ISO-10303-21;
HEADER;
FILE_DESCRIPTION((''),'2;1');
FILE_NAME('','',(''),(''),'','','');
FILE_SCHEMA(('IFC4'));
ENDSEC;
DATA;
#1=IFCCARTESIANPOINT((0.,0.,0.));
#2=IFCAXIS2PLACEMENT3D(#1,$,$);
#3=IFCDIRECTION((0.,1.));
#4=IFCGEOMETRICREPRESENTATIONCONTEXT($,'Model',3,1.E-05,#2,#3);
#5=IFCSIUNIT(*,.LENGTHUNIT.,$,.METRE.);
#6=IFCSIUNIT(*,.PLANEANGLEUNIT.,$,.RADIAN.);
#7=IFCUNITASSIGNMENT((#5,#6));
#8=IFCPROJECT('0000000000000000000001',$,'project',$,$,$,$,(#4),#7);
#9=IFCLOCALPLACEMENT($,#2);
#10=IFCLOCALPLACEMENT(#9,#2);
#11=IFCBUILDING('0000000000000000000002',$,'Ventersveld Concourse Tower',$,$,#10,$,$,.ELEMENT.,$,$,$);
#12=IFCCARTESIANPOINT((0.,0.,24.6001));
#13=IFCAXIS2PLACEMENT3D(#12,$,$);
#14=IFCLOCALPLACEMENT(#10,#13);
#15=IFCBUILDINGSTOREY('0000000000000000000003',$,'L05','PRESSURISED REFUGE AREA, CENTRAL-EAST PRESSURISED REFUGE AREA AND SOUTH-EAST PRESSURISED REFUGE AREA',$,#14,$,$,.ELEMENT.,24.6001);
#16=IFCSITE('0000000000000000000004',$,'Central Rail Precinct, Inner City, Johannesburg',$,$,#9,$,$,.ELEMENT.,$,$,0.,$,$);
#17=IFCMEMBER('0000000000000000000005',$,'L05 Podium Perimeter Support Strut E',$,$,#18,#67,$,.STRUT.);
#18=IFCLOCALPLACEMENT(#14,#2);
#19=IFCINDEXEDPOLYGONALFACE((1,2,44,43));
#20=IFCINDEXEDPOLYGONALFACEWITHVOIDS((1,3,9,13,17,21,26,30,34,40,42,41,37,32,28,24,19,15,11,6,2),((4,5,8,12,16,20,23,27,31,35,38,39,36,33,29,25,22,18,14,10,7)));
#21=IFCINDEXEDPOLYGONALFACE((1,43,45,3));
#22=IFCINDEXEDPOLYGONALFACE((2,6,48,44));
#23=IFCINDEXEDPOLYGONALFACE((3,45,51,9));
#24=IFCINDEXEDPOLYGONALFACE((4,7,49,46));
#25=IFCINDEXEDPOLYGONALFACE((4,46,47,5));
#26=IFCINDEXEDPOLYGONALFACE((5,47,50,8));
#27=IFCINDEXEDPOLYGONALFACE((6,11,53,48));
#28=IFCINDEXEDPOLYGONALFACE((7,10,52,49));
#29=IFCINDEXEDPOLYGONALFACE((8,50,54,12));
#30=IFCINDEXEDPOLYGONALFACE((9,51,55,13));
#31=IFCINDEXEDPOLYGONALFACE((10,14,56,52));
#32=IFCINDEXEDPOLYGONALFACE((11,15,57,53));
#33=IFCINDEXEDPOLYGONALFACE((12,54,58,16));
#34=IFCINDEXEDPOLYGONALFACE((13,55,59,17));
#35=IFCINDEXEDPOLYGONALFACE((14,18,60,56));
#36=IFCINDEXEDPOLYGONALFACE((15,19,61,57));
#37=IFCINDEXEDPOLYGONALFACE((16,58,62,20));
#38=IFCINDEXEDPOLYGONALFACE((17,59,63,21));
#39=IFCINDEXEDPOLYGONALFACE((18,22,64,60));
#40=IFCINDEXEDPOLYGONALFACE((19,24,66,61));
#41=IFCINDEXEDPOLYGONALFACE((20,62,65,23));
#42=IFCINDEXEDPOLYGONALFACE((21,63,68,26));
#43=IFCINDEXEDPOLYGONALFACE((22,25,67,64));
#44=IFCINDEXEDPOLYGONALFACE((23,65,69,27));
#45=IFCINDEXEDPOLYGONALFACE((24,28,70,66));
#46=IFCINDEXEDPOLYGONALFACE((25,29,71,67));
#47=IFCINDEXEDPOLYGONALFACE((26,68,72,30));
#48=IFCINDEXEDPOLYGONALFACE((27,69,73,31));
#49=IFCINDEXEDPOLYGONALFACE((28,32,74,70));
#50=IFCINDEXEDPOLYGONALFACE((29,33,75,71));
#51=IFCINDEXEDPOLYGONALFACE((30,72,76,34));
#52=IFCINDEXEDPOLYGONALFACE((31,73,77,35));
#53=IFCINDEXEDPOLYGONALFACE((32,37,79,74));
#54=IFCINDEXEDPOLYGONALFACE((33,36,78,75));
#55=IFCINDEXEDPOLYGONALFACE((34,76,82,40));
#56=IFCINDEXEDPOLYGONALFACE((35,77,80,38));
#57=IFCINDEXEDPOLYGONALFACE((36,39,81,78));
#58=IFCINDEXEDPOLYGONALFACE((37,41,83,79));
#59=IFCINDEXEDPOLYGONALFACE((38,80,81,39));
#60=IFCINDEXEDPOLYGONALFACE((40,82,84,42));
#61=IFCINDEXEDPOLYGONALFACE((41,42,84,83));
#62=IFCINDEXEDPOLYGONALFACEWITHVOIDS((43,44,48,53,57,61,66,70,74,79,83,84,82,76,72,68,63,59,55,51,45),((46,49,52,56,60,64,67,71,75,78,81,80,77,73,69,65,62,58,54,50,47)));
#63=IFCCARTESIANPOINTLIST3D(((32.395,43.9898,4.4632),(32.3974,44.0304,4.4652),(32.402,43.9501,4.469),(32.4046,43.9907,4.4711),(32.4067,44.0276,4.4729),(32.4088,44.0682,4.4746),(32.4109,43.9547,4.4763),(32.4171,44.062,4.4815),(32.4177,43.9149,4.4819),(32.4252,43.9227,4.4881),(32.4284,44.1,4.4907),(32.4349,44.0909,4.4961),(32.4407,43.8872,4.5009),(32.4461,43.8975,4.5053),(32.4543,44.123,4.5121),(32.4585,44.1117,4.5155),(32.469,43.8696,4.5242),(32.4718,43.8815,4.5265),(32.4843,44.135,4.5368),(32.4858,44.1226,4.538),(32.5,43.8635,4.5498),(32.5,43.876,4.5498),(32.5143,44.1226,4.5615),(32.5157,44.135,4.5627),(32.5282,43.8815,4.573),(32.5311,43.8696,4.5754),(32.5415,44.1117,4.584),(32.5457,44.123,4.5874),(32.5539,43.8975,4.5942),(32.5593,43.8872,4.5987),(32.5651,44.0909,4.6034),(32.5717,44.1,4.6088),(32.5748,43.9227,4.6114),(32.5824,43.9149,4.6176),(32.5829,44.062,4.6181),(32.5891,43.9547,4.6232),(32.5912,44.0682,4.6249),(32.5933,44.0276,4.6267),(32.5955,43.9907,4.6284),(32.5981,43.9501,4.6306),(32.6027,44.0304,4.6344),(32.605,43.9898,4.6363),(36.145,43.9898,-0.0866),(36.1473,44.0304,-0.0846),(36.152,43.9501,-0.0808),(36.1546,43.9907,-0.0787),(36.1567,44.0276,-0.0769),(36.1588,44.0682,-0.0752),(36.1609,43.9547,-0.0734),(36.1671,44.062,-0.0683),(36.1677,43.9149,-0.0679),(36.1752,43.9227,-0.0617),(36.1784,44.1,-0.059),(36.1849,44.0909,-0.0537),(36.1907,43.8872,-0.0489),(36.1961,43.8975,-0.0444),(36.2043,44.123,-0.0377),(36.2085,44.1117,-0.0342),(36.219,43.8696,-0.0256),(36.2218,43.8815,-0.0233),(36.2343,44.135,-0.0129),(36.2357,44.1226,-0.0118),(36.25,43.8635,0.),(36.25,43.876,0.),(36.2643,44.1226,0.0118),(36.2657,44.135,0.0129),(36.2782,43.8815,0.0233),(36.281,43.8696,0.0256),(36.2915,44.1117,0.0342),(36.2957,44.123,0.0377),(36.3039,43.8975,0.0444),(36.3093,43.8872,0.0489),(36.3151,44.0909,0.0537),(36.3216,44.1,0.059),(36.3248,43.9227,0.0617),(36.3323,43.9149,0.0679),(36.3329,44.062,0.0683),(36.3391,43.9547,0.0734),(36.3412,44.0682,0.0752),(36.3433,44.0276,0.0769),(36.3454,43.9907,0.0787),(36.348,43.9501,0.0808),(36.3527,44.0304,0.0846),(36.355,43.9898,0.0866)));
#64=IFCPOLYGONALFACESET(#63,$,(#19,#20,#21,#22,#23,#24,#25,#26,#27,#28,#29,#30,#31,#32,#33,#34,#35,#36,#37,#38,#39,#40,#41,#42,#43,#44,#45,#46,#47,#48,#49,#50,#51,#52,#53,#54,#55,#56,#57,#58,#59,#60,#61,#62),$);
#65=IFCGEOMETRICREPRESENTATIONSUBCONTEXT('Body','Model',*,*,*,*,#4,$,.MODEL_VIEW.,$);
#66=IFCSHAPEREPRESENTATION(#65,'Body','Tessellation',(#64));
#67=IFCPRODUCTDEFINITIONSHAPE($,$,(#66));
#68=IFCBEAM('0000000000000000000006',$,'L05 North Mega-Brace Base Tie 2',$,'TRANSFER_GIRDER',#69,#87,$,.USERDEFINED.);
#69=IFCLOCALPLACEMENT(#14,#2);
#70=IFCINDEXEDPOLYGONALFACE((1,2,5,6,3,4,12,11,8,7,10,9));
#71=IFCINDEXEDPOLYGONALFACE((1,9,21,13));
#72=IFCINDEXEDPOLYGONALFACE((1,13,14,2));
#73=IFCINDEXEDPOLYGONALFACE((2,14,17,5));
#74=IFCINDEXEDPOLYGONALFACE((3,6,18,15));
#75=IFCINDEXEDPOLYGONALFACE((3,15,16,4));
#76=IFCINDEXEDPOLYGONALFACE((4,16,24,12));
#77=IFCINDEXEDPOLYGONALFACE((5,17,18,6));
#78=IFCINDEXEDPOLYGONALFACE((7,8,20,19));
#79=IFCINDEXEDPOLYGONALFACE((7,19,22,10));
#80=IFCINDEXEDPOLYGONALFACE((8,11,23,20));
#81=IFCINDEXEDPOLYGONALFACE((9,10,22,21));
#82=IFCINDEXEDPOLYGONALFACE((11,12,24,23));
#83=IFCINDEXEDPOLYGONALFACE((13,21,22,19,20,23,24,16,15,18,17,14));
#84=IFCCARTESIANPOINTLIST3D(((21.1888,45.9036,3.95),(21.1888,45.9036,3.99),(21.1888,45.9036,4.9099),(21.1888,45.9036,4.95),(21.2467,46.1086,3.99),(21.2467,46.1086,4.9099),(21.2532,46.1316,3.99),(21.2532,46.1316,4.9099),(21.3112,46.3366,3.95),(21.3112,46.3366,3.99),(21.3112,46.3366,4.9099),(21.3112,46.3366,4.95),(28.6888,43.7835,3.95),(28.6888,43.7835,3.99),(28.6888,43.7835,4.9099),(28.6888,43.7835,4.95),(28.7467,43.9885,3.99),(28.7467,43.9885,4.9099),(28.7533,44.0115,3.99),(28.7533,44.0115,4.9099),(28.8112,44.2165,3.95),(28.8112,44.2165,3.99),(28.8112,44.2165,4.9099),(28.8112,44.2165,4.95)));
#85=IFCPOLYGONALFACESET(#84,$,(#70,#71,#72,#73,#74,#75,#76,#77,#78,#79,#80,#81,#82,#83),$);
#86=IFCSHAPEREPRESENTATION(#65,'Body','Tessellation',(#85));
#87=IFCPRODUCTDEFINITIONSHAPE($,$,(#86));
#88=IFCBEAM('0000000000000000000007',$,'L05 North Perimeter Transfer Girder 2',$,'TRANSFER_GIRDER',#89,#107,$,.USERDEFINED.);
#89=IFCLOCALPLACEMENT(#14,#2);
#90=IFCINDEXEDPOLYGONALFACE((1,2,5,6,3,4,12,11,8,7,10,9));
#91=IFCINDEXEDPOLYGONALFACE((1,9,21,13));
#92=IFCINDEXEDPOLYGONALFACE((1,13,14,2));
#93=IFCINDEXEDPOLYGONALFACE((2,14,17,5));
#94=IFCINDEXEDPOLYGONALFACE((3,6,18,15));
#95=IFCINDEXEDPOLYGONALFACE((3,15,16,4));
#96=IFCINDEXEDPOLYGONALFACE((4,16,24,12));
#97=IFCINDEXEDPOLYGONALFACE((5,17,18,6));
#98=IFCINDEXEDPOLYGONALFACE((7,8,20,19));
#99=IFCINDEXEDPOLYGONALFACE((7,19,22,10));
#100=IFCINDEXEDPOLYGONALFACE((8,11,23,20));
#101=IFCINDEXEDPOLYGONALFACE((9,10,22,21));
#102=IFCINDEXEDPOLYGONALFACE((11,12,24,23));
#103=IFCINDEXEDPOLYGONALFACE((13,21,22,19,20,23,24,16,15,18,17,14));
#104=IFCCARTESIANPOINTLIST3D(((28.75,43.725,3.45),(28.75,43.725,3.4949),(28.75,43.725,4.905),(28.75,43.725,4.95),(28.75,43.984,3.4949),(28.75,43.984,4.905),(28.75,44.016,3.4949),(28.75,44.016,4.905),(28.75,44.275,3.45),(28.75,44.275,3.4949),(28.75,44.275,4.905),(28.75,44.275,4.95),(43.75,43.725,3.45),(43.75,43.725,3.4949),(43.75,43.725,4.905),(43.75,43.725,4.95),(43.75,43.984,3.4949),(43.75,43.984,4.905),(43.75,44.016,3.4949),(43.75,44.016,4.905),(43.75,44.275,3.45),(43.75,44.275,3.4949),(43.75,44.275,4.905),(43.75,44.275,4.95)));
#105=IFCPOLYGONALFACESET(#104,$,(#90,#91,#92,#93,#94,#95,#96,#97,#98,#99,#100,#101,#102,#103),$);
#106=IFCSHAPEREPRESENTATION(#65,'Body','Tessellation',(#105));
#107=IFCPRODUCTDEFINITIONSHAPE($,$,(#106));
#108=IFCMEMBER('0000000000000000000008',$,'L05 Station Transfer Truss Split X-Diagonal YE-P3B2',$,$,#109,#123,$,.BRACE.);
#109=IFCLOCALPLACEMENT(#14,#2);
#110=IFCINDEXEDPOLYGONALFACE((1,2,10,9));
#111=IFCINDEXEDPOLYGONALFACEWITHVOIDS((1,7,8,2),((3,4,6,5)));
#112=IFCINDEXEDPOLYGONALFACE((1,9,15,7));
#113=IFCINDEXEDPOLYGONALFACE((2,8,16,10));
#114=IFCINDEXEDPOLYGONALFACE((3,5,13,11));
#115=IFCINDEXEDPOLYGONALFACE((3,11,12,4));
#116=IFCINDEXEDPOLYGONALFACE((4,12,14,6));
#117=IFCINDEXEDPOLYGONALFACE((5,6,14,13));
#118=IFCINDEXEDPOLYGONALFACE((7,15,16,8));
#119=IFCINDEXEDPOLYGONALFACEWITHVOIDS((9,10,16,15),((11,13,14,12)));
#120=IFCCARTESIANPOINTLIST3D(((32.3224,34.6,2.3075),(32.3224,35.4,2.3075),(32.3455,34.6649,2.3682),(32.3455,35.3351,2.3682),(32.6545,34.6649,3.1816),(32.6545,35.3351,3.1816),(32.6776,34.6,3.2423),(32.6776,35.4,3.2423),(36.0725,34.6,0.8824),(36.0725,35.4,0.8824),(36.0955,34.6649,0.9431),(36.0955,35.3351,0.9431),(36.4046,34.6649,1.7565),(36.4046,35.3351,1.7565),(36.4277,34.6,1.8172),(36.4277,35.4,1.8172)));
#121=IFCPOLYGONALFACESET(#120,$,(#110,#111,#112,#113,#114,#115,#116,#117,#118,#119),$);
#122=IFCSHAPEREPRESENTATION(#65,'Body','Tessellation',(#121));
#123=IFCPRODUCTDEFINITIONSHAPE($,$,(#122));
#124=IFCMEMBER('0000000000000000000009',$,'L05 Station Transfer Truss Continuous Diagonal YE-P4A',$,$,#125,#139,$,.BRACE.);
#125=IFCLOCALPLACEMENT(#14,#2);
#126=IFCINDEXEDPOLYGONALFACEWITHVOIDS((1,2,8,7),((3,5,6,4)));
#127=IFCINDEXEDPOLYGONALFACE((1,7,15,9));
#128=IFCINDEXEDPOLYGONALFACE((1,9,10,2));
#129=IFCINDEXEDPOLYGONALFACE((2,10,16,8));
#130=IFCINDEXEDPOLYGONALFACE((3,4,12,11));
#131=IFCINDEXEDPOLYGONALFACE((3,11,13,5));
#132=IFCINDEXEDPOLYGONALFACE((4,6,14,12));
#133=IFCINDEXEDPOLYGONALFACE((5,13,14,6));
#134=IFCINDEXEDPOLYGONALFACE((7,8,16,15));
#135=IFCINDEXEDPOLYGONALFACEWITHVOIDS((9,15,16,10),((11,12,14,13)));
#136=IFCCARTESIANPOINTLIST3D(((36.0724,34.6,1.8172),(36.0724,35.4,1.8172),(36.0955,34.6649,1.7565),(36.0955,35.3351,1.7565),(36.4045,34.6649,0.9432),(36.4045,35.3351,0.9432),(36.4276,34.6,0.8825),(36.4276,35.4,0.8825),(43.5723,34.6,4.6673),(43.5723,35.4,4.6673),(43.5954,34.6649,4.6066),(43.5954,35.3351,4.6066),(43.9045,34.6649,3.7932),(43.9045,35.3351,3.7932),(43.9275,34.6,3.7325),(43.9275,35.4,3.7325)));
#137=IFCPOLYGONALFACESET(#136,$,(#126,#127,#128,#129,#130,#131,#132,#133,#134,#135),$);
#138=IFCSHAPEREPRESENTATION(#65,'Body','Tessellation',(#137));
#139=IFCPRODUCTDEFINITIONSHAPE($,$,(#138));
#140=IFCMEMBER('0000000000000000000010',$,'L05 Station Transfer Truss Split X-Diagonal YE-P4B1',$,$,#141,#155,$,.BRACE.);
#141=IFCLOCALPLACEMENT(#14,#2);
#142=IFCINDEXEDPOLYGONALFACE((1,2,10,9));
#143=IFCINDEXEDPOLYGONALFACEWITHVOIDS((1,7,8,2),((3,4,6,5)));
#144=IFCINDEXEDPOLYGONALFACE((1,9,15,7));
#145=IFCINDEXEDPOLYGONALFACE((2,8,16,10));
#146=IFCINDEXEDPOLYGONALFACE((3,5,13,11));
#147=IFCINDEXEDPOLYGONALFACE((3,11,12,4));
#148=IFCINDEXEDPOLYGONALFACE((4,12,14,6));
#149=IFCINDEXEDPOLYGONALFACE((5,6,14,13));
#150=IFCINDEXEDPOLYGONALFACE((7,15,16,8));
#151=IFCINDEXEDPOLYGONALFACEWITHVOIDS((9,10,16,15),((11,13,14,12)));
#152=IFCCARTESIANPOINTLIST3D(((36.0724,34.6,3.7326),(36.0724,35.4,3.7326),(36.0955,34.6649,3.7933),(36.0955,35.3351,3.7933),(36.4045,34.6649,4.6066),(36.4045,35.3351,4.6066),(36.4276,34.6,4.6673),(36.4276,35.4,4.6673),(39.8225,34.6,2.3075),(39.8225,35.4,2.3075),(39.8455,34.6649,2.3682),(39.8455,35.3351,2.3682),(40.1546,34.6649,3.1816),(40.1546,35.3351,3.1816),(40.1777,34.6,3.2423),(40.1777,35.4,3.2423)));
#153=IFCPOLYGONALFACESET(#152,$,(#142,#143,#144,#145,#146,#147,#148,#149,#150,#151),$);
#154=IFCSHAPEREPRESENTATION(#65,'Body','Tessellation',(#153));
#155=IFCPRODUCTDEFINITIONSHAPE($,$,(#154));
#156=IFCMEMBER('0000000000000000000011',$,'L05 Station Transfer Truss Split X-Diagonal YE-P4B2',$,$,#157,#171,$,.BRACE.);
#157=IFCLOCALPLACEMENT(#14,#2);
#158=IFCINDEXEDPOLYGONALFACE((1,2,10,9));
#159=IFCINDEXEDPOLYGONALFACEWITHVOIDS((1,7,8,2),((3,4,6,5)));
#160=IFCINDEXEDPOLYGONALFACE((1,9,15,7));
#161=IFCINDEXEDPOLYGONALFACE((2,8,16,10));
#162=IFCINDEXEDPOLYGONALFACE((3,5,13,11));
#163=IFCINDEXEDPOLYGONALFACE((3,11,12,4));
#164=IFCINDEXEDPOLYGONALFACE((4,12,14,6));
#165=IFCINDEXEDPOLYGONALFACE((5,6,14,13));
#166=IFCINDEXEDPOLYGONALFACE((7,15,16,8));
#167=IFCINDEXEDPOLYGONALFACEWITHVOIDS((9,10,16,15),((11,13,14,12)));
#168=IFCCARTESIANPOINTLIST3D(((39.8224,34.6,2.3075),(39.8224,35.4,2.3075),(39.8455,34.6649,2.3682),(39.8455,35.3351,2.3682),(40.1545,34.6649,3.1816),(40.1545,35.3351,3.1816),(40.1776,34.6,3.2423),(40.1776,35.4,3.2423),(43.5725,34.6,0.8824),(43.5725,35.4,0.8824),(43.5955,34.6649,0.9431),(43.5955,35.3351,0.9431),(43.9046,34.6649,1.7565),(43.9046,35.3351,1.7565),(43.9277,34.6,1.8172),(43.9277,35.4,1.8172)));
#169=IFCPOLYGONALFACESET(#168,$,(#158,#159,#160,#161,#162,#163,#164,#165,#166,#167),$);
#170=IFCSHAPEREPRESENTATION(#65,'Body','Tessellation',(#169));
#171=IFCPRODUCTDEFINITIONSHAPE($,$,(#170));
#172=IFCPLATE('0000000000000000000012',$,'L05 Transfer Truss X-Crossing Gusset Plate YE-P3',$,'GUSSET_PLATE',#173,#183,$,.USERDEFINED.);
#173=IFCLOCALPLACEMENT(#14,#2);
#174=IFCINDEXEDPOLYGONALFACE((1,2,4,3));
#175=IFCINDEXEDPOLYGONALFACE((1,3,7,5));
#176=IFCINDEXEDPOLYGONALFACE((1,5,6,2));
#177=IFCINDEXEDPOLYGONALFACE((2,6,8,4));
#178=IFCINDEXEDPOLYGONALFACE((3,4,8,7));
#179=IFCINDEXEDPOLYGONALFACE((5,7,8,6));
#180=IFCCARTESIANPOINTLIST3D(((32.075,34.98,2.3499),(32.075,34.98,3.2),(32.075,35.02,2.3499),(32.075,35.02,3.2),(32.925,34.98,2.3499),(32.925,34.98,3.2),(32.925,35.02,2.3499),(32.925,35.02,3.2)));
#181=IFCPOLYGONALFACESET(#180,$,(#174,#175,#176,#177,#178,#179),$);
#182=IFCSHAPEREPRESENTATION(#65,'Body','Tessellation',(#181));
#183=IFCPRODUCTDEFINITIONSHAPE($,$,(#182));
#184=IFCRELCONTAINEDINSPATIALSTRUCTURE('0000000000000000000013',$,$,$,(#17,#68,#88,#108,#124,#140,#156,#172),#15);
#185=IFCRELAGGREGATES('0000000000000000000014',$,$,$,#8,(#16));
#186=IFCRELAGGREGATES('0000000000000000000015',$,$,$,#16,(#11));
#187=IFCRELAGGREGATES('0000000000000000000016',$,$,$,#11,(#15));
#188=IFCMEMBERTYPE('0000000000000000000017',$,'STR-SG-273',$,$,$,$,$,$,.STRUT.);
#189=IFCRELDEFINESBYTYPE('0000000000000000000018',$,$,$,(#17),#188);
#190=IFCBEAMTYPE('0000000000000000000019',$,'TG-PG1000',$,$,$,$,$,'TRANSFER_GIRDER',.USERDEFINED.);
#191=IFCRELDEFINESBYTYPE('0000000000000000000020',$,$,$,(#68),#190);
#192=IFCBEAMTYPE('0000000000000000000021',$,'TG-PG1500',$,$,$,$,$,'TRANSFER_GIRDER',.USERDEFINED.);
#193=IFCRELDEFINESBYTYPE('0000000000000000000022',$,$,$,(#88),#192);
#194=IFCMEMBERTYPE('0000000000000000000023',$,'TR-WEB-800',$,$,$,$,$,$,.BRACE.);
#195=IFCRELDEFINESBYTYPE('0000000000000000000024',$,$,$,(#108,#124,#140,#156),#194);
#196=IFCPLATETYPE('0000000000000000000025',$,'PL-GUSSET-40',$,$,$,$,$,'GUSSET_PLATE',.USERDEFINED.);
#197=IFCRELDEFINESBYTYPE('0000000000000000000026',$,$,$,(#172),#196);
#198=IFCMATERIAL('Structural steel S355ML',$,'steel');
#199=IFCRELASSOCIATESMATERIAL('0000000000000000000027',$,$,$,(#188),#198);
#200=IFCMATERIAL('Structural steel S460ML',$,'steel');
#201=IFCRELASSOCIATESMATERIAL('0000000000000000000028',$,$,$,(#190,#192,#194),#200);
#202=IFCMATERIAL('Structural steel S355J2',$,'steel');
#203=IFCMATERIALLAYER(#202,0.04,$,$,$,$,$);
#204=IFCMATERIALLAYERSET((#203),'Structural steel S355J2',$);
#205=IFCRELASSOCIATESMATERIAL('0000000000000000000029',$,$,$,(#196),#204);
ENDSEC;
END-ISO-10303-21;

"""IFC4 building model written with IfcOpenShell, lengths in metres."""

from ifc_helpers import new_model, si_unit, direction, frame, origin, origin_2d, place, context, subcontext, project, spatial, rectangle, hollow_rectangle, hollow_circle, i_section, extrude, material, layer, layer_set, material_profile, profile_set, type_object, element, save


model = new_model("IFC4")

# Units and contexts
model_context = context("Model", 3, precision=1e-05, world=origin(), true_north=direction((0.0, 1.0)))
body_context = subcontext(model_context, "Body", "Model", "MODEL_VIEW")
ifc_project = project(units=[si_unit("LENGTHUNIT", "METRE"), si_unit("PLANEANGLEUNIT", "RADIAN")], contexts=[model_context])

# Site, building, storey
site_placement = place(None, origin())
site = spatial("IfcSite", under=ifc_project, at=site_placement, Name="Central Rail Precinct, Inner City, Johannesburg", CompositionType="ELEMENT", RefElevation=0.0)
building_placement = place(site_placement, origin())
building = spatial("IfcBuilding", under=site, at=building_placement, Name="Ventersveld Concourse Tower", CompositionType="ELEMENT")
storey_placement = place(building_placement, frame((0.0, 0.0, 24.6001)))
storey = spatial("IfcBuildingStorey", under=building, at=storey_placement, Name="L05", Description="PRESSURISED REFUGE AREA, CENTRAL-EAST PRESSURISED REFUGE AREA AND SOUTH-EAST PRESSURISED REFUGE AREA", CompositionType="ELEMENT", Elevation=24.6001)

# Shared definitions
ifc_material_1 = material(Name="Structural steel S355ML", Category="steel")

# Shared definitions
ifc_material_2 = material(Name="Structural steel S355J2", Category="steel")

# Member
ifc_material_profile_1 = material_profile(ifc_material_1, hollow_circle(Radius=0.1365, WallThickness=0.0125, at=origin_2d()), Name="CHS 273x12.5")
ifc_profile_set_1 = profile_set([ifc_material_profile_1], Name="Structural steel S355ML")
member_type_1 = type_object("IfcMemberType", Name="STR-SG-273", PredefinedType="STRUT", material=ifc_profile_set_1)
member_1_placement = place(storey_placement, frame((36.25, 44.0, 0.0), z_axis=(-0.636021, 0.0, 0.771672), x_axis=(0.0, -1.0, 0.0)))
element("IfcMember", 1, at=member_1_placement, inside=storey, type_object=member_type_1, Name="L05 Podium Perimeter Support Strut E", PredefinedType="STRUT", context=body_context, shape_type="SweptSolid", body=[
    extrude(hollow_circle(Radius=0.1365, WallThickness=0.0125, at=origin_2d()), origin(), (0.0, 0.0, 1.0), 5.896),
])

# Beams
ifc_material_3 = material(Name="Structural steel S460ML", Category="steel")
ifc_material_profile_2 = material_profile(ifc_material_3, i_section(OverallWidth=0.45, OverallDepth=1.0, WebThickness=0.0239, FlangeThickness=0.04, at=origin_2d()), Name="PG 1000x450x40")
ifc_profile_set_2 = profile_set([ifc_material_profile_2], Name="Structural steel S460ML")
beam_type_1 = type_object("IfcBeamType", Name="TG-PG1000", ElementType="TRANSFER_GIRDER", PredefinedType="USERDEFINED", material=ifc_profile_set_2)
beam_1_placement = place(storey_placement, frame((28.75, 44.0, 4.45), z_axis=(-0.962291, 0.272023, 0.0), x_axis=(-0.272023, -0.962291, 0.0)))
element("IfcBeam", 2, at=beam_1_placement, inside=storey, type_object=beam_type_1, Name="L05 North Mega-Brace Base Tie 2", ObjectType="TRANSFER_GIRDER", PredefinedType="USERDEFINED", context=body_context, shape_type="SweptSolid", body=[
    extrude(i_section(OverallWidth=0.45, OverallDepth=1.0, WebThickness=0.0239, FlangeThickness=0.04, at=origin_2d()), origin(), (0.0, 0.0, 1.0), 7.7939),
])
ifc_material_profile_3 = material_profile(ifc_material_3, i_section(OverallWidth=0.55, OverallDepth=1.5, WebThickness=0.032, FlangeThickness=0.0449, at=origin_2d()), Name="PG 1500x550x45")
ifc_profile_set_3 = profile_set([ifc_material_profile_3], Name="Structural steel S460ML")
beam_type_2 = type_object("IfcBeamType", Name="TG-PG1500", ElementType="TRANSFER_GIRDER", PredefinedType="USERDEFINED", material=ifc_profile_set_3)
beam_2_placement = place(storey_placement, frame((28.75, 44.0, 4.2), z_axis=(1.0, 0.0, 0.0), x_axis=(0.0, 1.0, 0.0)))
element("IfcBeam", 3, at=beam_2_placement, inside=storey, type_object=beam_type_2, Name="L05 North Perimeter Transfer Girder 2", ObjectType="TRANSFER_GIRDER", PredefinedType="USERDEFINED", context=body_context, shape_type="SweptSolid", body=[
    extrude(i_section(OverallWidth=0.55, OverallDepth=1.5, WebThickness=0.032, FlangeThickness=0.0449, at=origin_2d()), origin(), (0.0, 0.0, 1.0), 15.0),
])

# Members
ifc_material_profile_4 = material_profile(ifc_material_3, hollow_rectangle(XDim=0.8, YDim=1.0, WallThickness=0.0649, at=origin_2d()), Name="BOX 1000x800x65")
ifc_profile_set_4 = profile_set([ifc_material_profile_4], Name="Structural steel S460ML")
member_type_2 = type_object("IfcMemberType", Name="TR-WEB-800", PredefinedType="BRACE", material=ifc_profile_set_4)
member_2_placement = place(storey_placement, frame((32.5, 35.0, 2.7749), z_axis=(0.93478, 0.0, -0.355228), x_axis=(0.0, 1.0, 0.0)))
element("IfcMember", 4, at=member_2_placement, inside=storey, type_object=member_type_2, Name="L05 Station Transfer Truss Split X-Diagonal YE-P3B2", PredefinedType="BRACE", context=body_context, shape_type="SweptSolid", body=[
    extrude(hollow_rectangle(XDim=0.8, YDim=1.0, WallThickness=0.0649, at=origin_2d()), origin(), (0.0, 0.0, 1.0), 4.0117),
])
member_3_placement = place(storey_placement, frame((36.25, 35.0, 1.3499), z_axis=(0.93478, 0.0, 0.355228), x_axis=(0.0, 1.0, 0.0)))
element("IfcMember", 5, at=member_3_placement, inside=storey, type_object=member_type_2, Name="L05 Station Transfer Truss Continuous Diagonal YE-P4A", PredefinedType="BRACE", context=body_context, shape_type="SweptSolid", body=[
    extrude(hollow_rectangle(XDim=0.8, YDim=1.0, WallThickness=0.0649, at=origin_2d()), origin(), (0.0, 0.0, 1.0), 8.0232),
])
for number, where, z_axis, x_axis, name in (
    (6, (36.25, 35.0, 4.2), (0.93478, 0.0, -0.355228), (0.0, 1.0, 0.0), "L05 Station Transfer Truss Split X-Diagonal YE-P4B1"),
    (7, (40.0, 35.0, 2.7749), (0.93478, 0.0, -0.355228), (0.0, 1.0, 0.0), "L05 Station Transfer Truss Split X-Diagonal YE-P4B2"),
):
    element("IfcMember", number, at=place(storey_placement, frame(where, z_axis=z_axis, x_axis=x_axis)), inside=storey, type_object=member_type_2, Name=name, PredefinedType="BRACE", context=body_context, shape_type="SweptSolid", body=[
        extrude(hollow_rectangle(XDim=0.8, YDim=1.0, WallThickness=0.0649, at=origin_2d()), origin(), (0.0, 0.0, 1.0), 4.0117),
    ])

# Plate
ifc_layer_1 = layer(ifc_material_2, 0.04)
ifc_layer_set_1 = layer_set([ifc_layer_1], Name="Structural steel S355J2")
plate_type_1 = type_object("IfcPlateType", Name="PL-GUSSET-40", ElementType="GUSSET_PLATE", PredefinedType="USERDEFINED", material=ifc_layer_set_1)
for number, where, z_axis, x_axis, name in (
    (8, (32.5, 35.0, 2.3499), (0.0, 0.0, 1.0), (1.0, 0.0, 0.0), "L05 Transfer Truss X-Crossing Gusset Plate YE-P3"),
):
    element("IfcPlate", number, at=place(storey_placement, frame(where, z_axis=z_axis, x_axis=x_axis)), inside=storey, type_object=plate_type_1, Name=name, ObjectType="GUSSET_PLATE", PredefinedType="USERDEFINED", context=body_context, shape_type="SweptSolid", body=[
        extrude(rectangle(XDim=0.8501, YDim=0.04, at=origin_2d()), origin(), (0.0, 0.0, 1.0), 0.8501),
    ])

save(model, "model.ifc")
